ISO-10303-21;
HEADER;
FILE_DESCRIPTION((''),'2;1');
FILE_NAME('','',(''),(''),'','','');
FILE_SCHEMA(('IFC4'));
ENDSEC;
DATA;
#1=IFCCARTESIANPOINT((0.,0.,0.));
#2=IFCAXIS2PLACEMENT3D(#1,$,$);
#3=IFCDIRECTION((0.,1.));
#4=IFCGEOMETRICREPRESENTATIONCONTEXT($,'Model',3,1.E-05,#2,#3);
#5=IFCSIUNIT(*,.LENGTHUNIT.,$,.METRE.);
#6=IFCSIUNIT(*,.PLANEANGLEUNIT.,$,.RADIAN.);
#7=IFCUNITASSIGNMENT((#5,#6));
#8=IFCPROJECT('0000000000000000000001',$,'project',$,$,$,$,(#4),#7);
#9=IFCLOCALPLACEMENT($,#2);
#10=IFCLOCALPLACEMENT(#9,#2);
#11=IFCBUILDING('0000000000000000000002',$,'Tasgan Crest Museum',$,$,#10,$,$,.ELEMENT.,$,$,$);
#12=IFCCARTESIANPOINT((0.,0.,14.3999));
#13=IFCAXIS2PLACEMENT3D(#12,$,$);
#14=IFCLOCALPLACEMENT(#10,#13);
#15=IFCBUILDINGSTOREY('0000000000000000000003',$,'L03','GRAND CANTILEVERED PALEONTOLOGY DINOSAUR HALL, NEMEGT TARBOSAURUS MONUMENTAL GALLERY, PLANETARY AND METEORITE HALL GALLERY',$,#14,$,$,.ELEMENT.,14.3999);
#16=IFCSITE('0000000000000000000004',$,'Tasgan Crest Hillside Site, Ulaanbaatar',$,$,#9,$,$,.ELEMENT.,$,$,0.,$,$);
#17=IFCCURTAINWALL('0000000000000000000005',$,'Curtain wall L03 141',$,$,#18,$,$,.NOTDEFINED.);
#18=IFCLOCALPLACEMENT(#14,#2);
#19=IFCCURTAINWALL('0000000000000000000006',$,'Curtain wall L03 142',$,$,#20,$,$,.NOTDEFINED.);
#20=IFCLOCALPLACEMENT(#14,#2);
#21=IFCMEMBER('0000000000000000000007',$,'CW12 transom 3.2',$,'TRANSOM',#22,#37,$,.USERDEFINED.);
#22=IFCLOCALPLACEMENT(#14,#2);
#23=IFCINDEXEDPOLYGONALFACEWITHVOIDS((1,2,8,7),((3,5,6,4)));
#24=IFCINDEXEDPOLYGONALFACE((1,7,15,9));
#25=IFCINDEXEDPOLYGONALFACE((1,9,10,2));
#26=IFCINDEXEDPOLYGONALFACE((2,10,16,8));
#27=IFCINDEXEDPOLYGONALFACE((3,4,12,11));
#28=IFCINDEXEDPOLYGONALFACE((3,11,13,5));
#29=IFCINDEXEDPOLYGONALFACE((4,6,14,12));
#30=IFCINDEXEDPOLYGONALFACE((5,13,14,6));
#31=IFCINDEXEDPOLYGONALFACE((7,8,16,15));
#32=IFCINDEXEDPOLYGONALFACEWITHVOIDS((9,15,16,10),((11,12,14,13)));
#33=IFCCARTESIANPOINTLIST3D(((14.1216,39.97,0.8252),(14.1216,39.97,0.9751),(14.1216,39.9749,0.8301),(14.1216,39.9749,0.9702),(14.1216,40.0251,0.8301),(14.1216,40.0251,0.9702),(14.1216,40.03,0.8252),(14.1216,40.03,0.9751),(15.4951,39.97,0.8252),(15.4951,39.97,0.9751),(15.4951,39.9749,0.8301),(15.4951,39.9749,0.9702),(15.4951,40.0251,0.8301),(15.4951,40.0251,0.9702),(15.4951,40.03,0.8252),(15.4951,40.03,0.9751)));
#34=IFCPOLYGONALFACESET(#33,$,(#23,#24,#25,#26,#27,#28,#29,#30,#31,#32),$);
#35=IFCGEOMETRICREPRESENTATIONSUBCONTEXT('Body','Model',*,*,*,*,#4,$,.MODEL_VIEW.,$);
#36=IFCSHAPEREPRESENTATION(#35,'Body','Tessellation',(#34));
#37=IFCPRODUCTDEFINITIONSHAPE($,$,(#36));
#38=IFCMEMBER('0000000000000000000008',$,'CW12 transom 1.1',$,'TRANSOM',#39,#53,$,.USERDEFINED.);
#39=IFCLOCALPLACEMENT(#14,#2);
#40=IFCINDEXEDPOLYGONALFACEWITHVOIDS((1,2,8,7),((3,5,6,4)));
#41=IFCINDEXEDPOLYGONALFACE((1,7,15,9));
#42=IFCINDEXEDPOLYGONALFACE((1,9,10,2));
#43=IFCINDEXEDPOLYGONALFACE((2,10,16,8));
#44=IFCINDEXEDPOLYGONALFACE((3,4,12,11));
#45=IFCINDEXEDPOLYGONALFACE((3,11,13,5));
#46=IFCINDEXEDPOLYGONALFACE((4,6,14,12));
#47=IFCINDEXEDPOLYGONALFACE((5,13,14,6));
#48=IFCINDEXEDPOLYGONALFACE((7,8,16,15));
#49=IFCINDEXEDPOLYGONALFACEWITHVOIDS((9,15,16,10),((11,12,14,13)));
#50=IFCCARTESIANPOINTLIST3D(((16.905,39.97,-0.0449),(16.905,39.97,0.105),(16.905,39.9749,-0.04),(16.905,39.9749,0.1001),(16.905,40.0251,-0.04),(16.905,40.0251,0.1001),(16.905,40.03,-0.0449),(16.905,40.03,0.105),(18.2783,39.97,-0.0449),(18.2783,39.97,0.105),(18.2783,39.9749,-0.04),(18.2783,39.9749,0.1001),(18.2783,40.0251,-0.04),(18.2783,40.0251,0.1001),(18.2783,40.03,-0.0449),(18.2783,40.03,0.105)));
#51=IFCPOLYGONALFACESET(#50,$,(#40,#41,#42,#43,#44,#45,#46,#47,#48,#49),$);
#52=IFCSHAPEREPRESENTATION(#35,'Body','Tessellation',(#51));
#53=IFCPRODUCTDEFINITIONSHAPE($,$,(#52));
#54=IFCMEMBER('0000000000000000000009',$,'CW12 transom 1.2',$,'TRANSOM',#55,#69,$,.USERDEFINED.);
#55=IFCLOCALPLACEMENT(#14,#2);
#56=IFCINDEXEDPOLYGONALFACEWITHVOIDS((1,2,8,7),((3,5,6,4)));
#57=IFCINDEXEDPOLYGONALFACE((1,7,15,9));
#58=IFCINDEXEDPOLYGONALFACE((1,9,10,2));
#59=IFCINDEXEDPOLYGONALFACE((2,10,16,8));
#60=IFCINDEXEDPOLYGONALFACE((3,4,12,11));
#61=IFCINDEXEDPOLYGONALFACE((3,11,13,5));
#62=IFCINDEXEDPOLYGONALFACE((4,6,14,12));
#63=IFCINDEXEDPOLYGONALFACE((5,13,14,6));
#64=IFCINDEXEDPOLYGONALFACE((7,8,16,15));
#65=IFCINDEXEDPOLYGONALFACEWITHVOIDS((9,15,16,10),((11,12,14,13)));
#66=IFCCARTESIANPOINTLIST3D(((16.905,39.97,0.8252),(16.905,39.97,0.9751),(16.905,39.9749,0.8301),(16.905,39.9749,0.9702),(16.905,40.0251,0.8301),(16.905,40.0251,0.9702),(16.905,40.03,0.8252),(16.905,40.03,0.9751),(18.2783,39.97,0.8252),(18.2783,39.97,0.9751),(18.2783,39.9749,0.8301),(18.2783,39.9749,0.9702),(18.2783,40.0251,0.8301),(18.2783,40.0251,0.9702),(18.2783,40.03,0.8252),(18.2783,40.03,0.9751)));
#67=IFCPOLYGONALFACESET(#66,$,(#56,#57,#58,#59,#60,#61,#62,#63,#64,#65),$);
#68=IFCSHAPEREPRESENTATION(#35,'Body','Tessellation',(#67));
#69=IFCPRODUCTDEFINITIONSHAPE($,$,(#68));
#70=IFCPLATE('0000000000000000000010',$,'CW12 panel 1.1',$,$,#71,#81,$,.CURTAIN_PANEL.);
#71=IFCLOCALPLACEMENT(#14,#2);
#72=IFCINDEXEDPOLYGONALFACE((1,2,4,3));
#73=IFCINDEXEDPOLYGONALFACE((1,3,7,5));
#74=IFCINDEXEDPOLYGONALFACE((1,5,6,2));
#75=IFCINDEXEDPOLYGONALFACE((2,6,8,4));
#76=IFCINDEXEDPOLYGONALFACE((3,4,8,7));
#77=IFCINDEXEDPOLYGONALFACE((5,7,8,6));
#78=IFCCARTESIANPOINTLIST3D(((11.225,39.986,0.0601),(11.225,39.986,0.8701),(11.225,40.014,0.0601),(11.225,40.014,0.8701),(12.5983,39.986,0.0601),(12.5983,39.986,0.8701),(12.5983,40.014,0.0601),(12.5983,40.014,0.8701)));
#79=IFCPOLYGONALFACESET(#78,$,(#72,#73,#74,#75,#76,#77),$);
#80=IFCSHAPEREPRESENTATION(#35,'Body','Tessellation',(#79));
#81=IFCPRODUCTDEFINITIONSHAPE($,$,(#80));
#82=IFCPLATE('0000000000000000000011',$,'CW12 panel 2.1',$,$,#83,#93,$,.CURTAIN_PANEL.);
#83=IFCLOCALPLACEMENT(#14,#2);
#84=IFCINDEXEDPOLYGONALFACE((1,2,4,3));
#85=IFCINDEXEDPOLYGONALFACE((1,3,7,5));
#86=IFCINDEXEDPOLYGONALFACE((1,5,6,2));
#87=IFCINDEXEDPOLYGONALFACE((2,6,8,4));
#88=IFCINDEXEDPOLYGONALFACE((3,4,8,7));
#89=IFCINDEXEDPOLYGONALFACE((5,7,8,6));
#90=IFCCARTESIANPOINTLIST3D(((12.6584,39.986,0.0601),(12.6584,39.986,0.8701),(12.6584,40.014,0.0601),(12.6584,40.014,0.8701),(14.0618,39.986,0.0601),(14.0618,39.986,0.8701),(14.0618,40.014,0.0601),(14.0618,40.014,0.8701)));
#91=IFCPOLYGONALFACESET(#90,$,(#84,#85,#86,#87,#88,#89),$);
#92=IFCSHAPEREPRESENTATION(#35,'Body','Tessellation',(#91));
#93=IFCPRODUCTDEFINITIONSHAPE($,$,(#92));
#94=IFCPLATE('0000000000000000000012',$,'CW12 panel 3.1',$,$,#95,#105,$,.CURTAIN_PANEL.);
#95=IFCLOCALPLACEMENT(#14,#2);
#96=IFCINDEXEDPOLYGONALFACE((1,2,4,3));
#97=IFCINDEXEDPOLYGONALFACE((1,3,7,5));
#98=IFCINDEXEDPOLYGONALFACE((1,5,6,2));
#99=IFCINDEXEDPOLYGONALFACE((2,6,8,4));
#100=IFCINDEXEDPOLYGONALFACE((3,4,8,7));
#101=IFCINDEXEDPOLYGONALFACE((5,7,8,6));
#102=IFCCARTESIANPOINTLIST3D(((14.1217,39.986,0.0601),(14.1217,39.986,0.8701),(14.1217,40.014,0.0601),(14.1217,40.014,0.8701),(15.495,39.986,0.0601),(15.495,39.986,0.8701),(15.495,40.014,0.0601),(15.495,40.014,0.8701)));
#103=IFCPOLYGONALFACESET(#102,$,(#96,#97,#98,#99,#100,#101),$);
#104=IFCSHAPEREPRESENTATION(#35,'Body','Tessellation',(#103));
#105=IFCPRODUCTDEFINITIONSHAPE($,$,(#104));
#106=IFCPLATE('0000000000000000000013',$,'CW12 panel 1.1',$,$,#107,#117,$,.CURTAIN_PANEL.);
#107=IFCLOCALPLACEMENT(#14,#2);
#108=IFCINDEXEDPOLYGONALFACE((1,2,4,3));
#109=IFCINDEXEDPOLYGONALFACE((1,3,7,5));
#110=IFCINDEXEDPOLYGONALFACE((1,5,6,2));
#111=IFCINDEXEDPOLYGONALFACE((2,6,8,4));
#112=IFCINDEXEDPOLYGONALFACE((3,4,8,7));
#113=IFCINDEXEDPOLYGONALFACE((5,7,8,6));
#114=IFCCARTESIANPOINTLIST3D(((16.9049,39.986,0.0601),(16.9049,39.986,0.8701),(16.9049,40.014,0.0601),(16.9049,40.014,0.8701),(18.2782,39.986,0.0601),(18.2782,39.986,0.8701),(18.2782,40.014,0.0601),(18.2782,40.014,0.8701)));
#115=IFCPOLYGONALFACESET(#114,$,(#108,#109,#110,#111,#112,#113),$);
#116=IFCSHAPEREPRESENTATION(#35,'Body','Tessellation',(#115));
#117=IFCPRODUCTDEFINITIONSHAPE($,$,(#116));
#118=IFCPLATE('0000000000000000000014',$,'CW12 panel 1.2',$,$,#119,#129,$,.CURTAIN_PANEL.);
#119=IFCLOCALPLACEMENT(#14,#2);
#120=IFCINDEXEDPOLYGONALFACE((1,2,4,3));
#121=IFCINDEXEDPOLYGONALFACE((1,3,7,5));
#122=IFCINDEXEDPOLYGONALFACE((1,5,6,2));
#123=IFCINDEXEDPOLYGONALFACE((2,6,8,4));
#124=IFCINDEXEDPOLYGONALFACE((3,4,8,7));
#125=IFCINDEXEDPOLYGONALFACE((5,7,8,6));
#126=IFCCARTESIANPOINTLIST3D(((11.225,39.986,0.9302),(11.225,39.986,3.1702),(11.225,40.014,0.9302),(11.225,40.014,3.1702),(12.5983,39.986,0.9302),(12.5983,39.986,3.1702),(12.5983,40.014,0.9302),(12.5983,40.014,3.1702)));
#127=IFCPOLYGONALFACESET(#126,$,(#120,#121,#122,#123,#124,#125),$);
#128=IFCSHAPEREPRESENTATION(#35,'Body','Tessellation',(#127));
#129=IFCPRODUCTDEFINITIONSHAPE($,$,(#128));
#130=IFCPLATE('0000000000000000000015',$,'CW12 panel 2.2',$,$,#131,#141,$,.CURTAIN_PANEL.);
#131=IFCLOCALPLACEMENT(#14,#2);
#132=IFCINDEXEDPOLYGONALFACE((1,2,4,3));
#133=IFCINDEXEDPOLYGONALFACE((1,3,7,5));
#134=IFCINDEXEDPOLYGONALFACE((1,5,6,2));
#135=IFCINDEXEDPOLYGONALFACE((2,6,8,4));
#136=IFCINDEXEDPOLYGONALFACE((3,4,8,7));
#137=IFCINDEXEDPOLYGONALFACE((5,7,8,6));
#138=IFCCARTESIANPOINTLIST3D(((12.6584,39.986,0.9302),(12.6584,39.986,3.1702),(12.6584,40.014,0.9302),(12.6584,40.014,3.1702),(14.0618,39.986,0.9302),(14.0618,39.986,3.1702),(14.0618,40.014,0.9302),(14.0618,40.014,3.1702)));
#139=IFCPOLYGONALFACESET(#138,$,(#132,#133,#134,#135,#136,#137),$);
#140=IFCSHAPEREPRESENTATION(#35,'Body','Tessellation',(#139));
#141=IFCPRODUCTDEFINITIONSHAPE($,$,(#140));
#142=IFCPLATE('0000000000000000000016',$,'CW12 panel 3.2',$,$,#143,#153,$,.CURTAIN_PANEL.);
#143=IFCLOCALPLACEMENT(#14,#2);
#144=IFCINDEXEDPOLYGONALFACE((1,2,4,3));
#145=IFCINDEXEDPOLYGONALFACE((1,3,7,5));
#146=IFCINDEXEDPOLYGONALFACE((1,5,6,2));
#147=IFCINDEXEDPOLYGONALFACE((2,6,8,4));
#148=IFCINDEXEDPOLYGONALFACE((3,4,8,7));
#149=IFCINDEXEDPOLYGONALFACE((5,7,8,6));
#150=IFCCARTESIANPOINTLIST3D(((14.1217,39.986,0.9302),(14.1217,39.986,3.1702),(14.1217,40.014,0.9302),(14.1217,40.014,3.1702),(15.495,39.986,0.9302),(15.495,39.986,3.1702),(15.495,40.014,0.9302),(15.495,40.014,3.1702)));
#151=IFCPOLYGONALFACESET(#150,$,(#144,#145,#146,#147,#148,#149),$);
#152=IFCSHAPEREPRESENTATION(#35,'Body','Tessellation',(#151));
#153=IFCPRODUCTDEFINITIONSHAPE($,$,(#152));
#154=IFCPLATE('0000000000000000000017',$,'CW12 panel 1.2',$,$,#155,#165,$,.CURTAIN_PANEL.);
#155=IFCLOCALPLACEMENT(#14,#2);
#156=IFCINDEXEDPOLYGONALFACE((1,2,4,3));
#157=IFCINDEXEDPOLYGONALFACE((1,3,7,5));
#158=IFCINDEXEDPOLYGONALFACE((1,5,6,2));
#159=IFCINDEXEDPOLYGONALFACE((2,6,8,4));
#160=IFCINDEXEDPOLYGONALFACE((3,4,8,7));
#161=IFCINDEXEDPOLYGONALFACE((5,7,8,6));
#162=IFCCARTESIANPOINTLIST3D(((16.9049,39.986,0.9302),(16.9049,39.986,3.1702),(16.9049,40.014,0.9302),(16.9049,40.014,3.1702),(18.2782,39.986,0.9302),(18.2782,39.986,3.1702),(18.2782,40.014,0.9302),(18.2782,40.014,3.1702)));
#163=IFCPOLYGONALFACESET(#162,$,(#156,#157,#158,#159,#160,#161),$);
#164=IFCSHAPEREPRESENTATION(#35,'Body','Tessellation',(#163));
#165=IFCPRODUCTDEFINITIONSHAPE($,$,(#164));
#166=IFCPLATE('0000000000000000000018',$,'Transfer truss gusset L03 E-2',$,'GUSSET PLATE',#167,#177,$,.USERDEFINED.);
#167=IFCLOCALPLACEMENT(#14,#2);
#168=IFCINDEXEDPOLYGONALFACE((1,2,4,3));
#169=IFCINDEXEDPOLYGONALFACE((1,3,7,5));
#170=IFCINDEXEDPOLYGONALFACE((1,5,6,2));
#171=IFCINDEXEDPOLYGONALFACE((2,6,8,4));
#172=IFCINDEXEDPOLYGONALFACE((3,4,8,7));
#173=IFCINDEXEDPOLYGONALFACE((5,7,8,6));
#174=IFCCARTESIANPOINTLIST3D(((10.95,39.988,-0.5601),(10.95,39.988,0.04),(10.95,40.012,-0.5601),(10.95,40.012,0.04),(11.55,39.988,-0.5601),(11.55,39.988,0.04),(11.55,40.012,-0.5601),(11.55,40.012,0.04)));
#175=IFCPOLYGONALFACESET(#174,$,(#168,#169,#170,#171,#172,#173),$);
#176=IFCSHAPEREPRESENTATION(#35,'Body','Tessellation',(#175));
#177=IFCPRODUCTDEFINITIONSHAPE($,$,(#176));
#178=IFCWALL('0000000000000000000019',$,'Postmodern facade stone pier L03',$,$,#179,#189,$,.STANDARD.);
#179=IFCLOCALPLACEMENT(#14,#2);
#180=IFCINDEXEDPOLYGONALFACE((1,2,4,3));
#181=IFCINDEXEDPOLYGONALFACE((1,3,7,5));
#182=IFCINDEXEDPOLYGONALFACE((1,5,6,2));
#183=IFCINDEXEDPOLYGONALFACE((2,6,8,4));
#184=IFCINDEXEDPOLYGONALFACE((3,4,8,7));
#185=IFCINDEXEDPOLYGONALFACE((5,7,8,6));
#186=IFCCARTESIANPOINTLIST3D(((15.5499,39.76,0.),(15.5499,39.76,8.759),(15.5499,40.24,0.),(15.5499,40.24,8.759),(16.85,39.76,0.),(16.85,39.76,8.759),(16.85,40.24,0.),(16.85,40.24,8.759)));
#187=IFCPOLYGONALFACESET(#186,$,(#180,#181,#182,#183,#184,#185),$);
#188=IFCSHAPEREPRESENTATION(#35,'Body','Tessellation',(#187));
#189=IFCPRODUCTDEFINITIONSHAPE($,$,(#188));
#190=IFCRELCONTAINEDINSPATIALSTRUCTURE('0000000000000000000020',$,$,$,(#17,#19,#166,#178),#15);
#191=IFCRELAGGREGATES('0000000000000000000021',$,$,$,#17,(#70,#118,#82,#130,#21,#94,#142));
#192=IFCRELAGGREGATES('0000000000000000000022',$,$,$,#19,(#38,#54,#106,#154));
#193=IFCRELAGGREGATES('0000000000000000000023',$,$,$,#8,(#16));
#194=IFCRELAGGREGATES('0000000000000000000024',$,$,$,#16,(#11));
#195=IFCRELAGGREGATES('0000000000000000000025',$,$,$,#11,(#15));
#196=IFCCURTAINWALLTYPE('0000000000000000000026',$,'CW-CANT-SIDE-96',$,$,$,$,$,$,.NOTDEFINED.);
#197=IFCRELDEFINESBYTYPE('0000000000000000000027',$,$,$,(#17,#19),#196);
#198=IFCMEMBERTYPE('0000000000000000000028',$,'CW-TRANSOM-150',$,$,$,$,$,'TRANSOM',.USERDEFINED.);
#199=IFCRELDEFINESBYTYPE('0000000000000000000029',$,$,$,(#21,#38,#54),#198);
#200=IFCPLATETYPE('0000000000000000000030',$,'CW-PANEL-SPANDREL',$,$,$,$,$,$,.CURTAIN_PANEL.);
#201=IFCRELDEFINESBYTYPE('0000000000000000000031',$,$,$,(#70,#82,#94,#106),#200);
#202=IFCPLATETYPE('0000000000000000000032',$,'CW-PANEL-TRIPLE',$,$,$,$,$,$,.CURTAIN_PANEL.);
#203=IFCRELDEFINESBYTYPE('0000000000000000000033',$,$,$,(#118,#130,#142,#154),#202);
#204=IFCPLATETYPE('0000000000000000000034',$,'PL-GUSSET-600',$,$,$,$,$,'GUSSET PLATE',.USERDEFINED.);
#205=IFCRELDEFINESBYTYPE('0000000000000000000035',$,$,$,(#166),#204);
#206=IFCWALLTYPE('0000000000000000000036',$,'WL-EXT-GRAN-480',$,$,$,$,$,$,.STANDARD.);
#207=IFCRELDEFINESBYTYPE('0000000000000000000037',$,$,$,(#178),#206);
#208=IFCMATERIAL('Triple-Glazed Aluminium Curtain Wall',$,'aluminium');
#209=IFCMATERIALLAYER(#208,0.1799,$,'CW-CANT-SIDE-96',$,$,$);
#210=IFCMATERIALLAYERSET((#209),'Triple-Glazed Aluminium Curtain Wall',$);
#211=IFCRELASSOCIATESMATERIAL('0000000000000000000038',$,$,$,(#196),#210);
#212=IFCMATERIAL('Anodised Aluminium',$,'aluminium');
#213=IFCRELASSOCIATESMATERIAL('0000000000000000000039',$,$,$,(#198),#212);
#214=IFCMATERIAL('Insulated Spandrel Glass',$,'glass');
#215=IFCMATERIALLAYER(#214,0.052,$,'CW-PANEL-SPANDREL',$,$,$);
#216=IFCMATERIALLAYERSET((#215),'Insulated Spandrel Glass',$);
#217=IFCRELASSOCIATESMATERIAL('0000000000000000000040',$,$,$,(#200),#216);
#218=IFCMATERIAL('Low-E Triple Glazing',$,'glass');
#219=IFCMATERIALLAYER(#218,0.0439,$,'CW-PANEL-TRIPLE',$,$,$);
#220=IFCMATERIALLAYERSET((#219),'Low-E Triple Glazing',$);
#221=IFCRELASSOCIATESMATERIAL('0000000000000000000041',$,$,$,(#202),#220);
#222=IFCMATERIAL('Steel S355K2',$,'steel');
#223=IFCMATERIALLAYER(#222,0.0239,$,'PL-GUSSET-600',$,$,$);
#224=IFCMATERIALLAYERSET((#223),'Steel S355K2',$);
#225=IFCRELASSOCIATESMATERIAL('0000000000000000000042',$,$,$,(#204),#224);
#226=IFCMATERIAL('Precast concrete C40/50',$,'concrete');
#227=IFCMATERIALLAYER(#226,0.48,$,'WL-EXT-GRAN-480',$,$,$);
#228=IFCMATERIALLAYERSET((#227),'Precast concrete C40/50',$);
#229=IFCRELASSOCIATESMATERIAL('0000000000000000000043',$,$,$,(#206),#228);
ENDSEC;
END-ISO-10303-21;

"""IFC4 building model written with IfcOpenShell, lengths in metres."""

from ifc_helpers import new_model, si_unit, direction, frame, frame_2d, origin, origin_2d, place, context, subcontext, project, spatial, rectangle, hollow_rectangle, extrude, material, layer, layer_set, material_profile, profile_set, type_object, element, aggregate, save


model = new_model("IFC4")

# Units and contexts
model_context = context("Model", 3, precision=1e-05, world=origin(), true_north=direction((0.0, 1.0)))
body_context = subcontext(model_context, "Body", "Model", "MODEL_VIEW")
ifc_project = project(units=[si_unit("LENGTHUNIT", "METRE"), si_unit("PLANEANGLEUNIT", "RADIAN")], contexts=[model_context])

# Site, building, storey
site_placement = place(None, origin())
site = spatial("IfcSite", under=ifc_project, at=site_placement, Name="Tasgan Crest Hillside Site, Ulaanbaatar", CompositionType="ELEMENT", RefElevation=0.0)
building_placement = place(site_placement, origin())
building = spatial("IfcBuilding", under=site, at=building_placement, Name="Tasgan Crest Museum", CompositionType="ELEMENT")
storey_placement = place(building_placement, frame((0.0, 0.0, 14.3999)))
storey = spatial("IfcBuildingStorey", under=building, at=storey_placement, Name="L03", Description="GRAND CANTILEVERED PALEONTOLOGY DINOSAUR HALL, NEMEGT TARBOSAURUS MONUMENTAL GALLERY, PLANETARY AND METEORITE HALL GALLERY", CompositionType="ELEMENT", Elevation=14.3999)

# Curtain wall
ifc_material_1 = material(Name="Triple-Glazed Aluminium Curtain Wall", Category="aluminium")
ifc_layer_1 = layer(ifc_material_1, 0.1799, Name="CW-CANT-SIDE-96")
ifc_layer_set_1 = layer_set([ifc_layer_1], Name="Triple-Glazed Aluminium Curtain Wall")
curtain_wall_type = type_object("IfcCurtainWallType", Name="CW-CANT-SIDE-96", PredefinedType="NOTDEFINED", material=ifc_layer_set_1)
curtain_wall_1_placement = place(storey_placement, origin())
curtain_wall_1 = element("IfcCurtainWall", 1, at=curtain_wall_1_placement, inside=storey, type_object=curtain_wall_type, Name="Curtain wall L03 141", PredefinedType="NOTDEFINED")

# Curtain wall
curtain_wall_2_placement = place(storey_placement, origin())
curtain_wall_2 = element("IfcCurtainWall", 2, at=curtain_wall_2_placement, inside=storey, type_object=curtain_wall_type, Name="Curtain wall L03 142", PredefinedType="NOTDEFINED")

# Members
ifc_material_2 = material(Name="Anodised Aluminium", Category="aluminium")
ifc_material_profile_1 = material_profile(ifc_material_2, hollow_rectangle(XDim=0.0601, YDim=0.1499, WallThickness=0.0049, at=origin_2d()), Name="ALU TRANSOM 150x60x5")
ifc_profile_set_1 = profile_set([ifc_material_profile_1], Name="Anodised Aluminium")
member_type_1 = type_object("IfcMemberType", Name="CW-TRANSOM-150", ElementType="TRANSOM", PredefinedType="USERDEFINED", material=ifc_profile_set_1)
member_1_placement = place(storey_placement, frame((14.1216, 40.0, 0.9001), z_axis=(1.0, 0.0, 0.0), x_axis=(0.0, 1.0, 0.0)))
member_1 = element("IfcMember", 3, at=member_1_placement, type_object=member_type_1, Name="CW12 transom 3.2", ObjectType="TRANSOM", PredefinedType="USERDEFINED", context=body_context, shape_type="SweptSolid", body=[
    extrude(hollow_rectangle(XDim=0.0601, YDim=0.1499, WallThickness=0.0049, at=origin_2d()), origin(), (0.0, 0.0, 1.0), 1.3735),
])
member_2_placement = place(storey_placement, frame((16.905, 40.0, 0.03), z_axis=(1.0, 0.0, 0.0), x_axis=(0.0, 1.0, 0.0)))
member_2 = element("IfcMember", 4, at=member_2_placement, type_object=member_type_1, Name="CW12 transom 1.1", ObjectType="TRANSOM", PredefinedType="USERDEFINED", context=body_context, shape_type="SweptSolid", body=[
    extrude(hollow_rectangle(XDim=0.0601, YDim=0.1499, WallThickness=0.0049, at=origin_2d()), origin(), (0.0, 0.0, 1.0), 1.3733),
])
member_3_placement = place(storey_placement, frame((16.905, 40.0, 0.9001), z_axis=(1.0, 0.0, 0.0), x_axis=(0.0, 1.0, 0.0)))
member_3 = element("IfcMember", 5, at=member_3_placement, type_object=member_type_1, Name="CW12 transom 1.2", ObjectType="TRANSOM", PredefinedType="USERDEFINED", context=body_context, shape_type="SweptSolid", body=[
    extrude(hollow_rectangle(XDim=0.0601, YDim=0.1499, WallThickness=0.0049, at=origin_2d()), origin(), (0.0, 0.0, 1.0), 1.3733),
])

# Plates
ifc_material_3 = material(Name="Insulated Spandrel Glass", Category="glass")
ifc_layer_2 = layer(ifc_material_3, 0.052, Name="CW-PANEL-SPANDREL")
ifc_layer_set_2 = layer_set([ifc_layer_2], Name="Insulated Spandrel Glass")
plate_type_1 = type_object("IfcPlateType", Name="CW-PANEL-SPANDREL", PredefinedType="CURTAIN_PANEL", material=ifc_layer_set_2)
plate_1_placement = place(storey_placement, frame((11.9116, 40.0, 0.0601), z_axis=(0.0, 0.0, 1.0), x_axis=(1.0, 0.0, 0.0)))
plate_1 = element("IfcPlate", 6, at=plate_1_placement, type_object=plate_type_1, Name="CW12 panel 1.1", PredefinedType="CURTAIN_PANEL", context=body_context, shape_type="SweptSolid", body=[
    extrude(rectangle(XDim=1.3733, YDim=0.0281, at=origin_2d()), origin(), (0.0, 0.0, 1.0), 0.8101),
])
plate_2_placement = place(storey_placement, frame((13.3601, 40.0, 0.0601), z_axis=(0.0, 0.0, 1.0), x_axis=(1.0, 0.0, 0.0)))
plate_2 = element("IfcPlate", 7, at=plate_2_placement, type_object=plate_type_1, Name="CW12 panel 2.1", PredefinedType="CURTAIN_PANEL", context=body_context, shape_type="SweptSolid", body=[
    extrude(rectangle(XDim=1.4033, YDim=0.0281, at=origin_2d()), origin(), (0.0, 0.0, 1.0), 0.8101),
])
plate_3_placement = place(storey_placement, frame((14.8083, 40.0, 0.0601), z_axis=(0.0, 0.0, 1.0), x_axis=(1.0, 0.0, 0.0)))
plate_3 = element("IfcPlate", 8, at=plate_3_placement, type_object=plate_type_1, Name="CW12 panel 3.1", PredefinedType="CURTAIN_PANEL", context=body_context, shape_type="SweptSolid", body=[
    extrude(rectangle(XDim=1.3733, YDim=0.0281, at=origin_2d()), origin(), (0.0, 0.0, 1.0), 0.8101),
])
plate_4_placement = place(storey_placement, frame((17.5916, 40.0, 0.0601), z_axis=(0.0, 0.0, 1.0), x_axis=(1.0, 0.0, 0.0)))
plate_4 = element("IfcPlate", 9, at=plate_4_placement, type_object=plate_type_1, Name="CW12 panel 1.1", PredefinedType="CURTAIN_PANEL", context=body_context, shape_type="SweptSolid", body=[
    extrude(rectangle(XDim=1.3733, YDim=0.0281, at=origin_2d()), origin(), (0.0, 0.0, 1.0), 0.8101),
])
ifc_material_4 = material(Name="Low-E Triple Glazing", Category="glass")
ifc_layer_3 = layer(ifc_material_4, 0.0439, Name="CW-PANEL-TRIPLE")
ifc_layer_set_3 = layer_set([ifc_layer_3], Name="Low-E Triple Glazing")
plate_type_2 = type_object("IfcPlateType", Name="CW-PANEL-TRIPLE", PredefinedType="CURTAIN_PANEL", material=ifc_layer_set_3)
plate_5_placement = place(storey_placement, frame((11.9116, 40.0, 0.9302), z_axis=(0.0, 0.0, 1.0), x_axis=(1.0, 0.0, 0.0)))
plate_5 = element("IfcPlate", 10, at=plate_5_placement, type_object=plate_type_2, Name="CW12 panel 1.2", PredefinedType="CURTAIN_PANEL", context=body_context, shape_type="SweptSolid", body=[
    extrude(rectangle(XDim=1.3733, YDim=0.0281, at=origin_2d()), origin(), (0.0, 0.0, 1.0), 2.24),
])
plate_6_placement = place(storey_placement, frame((13.3601, 40.0, 0.9302), z_axis=(0.0, 0.0, 1.0), x_axis=(1.0, 0.0, 0.0)))
plate_6 = element("IfcPlate", 11, at=plate_6_placement, type_object=plate_type_2, Name="CW12 panel 2.2", PredefinedType="CURTAIN_PANEL", context=body_context, shape_type="SweptSolid", body=[
    extrude(rectangle(XDim=1.4033, YDim=0.0281, at=origin_2d()), origin(), (0.0, 0.0, 1.0), 2.24),
])
plate_7_placement = place(storey_placement, frame((14.8083, 40.0, 0.9302), z_axis=(0.0, 0.0, 1.0), x_axis=(1.0, 0.0, 0.0)))
plate_7 = element("IfcPlate", 12, at=plate_7_placement, type_object=plate_type_2, Name="CW12 panel 3.2", PredefinedType="CURTAIN_PANEL", context=body_context, shape_type="SweptSolid", body=[
    extrude(rectangle(XDim=1.3733, YDim=0.0281, at=origin_2d()), origin(), (0.0, 0.0, 1.0), 2.24),
])
aggregate(curtain_wall_1, [plate_1, plate_5, plate_2, plate_6, member_1, plate_3, plate_7])
plate_8_placement = place(storey_placement, frame((17.5916, 40.0, 0.9302), z_axis=(0.0, 0.0, 1.0), x_axis=(1.0, 0.0, 0.0)))
plate_8 = element("IfcPlate", 13, at=plate_8_placement, type_object=plate_type_2, Name="CW12 panel 1.2", PredefinedType="CURTAIN_PANEL", context=body_context, shape_type="SweptSolid", body=[
    extrude(rectangle(XDim=1.3733, YDim=0.0281, at=origin_2d()), origin(), (0.0, 0.0, 1.0), 2.24),
])
aggregate(curtain_wall_2, [member_2, member_3, plate_4, plate_8])
ifc_material_5 = material(Name="Steel S355K2", Category="steel")
ifc_layer_4 = layer(ifc_material_5, 0.0239, Name="PL-GUSSET-600")
ifc_layer_set_4 = layer_set([ifc_layer_4], Name="Steel S355K2")
plate_type_3 = type_object("IfcPlateType", Name="PL-GUSSET-600", ElementType="GUSSET PLATE", PredefinedType="USERDEFINED", material=ifc_layer_set_4)
plate_9_placement = place(storey_placement, frame((11.25, 40.0, -0.5601), z_axis=(0.0, 0.0, 1.0), x_axis=(1.0, 0.0, 0.0)))
element("IfcPlate", 14, at=plate_9_placement, inside=storey, type_object=plate_type_3, Name="Transfer truss gusset L03 E-2", ObjectType="GUSSET PLATE", PredefinedType="USERDEFINED", context=body_context, shape_type="SweptSolid", body=[
    extrude(rectangle(XDim=0.6001, YDim=0.0239, at=origin_2d()), origin(), (0.0, 0.0, 1.0), 0.6001),
])

# Wall
ifc_material_6 = material(Name="Precast concrete C40/50", Category="concrete")
ifc_layer_5 = layer(ifc_material_6, 0.48, Name="WL-EXT-GRAN-480")
ifc_layer_set_5 = layer_set([ifc_layer_5], Name="Precast concrete C40/50")
wall_type = type_object("IfcWallType", Name="WL-EXT-GRAN-480", PredefinedType="STANDARD", material=ifc_layer_set_5)
wall_placement = place(storey_placement, frame((15.55, 40.0, 0.0), z_axis=(0.0, 0.0, 1.0), x_axis=(1.0, 0.0, 0.0)))
element("IfcWall", 15, at=wall_placement, inside=storey, type_object=wall_type, Name="Postmodern facade stone pier L03", PredefinedType="STANDARD", context=body_context, shape_type="SweptSolid", body=[
    extrude(rectangle(XDim=1.3, YDim=0.48, at=frame_2d((0.6499, 0.0))), origin(), (0.0, 0.0, 1.0), 8.759),
])

save(model, "model.ifc")
